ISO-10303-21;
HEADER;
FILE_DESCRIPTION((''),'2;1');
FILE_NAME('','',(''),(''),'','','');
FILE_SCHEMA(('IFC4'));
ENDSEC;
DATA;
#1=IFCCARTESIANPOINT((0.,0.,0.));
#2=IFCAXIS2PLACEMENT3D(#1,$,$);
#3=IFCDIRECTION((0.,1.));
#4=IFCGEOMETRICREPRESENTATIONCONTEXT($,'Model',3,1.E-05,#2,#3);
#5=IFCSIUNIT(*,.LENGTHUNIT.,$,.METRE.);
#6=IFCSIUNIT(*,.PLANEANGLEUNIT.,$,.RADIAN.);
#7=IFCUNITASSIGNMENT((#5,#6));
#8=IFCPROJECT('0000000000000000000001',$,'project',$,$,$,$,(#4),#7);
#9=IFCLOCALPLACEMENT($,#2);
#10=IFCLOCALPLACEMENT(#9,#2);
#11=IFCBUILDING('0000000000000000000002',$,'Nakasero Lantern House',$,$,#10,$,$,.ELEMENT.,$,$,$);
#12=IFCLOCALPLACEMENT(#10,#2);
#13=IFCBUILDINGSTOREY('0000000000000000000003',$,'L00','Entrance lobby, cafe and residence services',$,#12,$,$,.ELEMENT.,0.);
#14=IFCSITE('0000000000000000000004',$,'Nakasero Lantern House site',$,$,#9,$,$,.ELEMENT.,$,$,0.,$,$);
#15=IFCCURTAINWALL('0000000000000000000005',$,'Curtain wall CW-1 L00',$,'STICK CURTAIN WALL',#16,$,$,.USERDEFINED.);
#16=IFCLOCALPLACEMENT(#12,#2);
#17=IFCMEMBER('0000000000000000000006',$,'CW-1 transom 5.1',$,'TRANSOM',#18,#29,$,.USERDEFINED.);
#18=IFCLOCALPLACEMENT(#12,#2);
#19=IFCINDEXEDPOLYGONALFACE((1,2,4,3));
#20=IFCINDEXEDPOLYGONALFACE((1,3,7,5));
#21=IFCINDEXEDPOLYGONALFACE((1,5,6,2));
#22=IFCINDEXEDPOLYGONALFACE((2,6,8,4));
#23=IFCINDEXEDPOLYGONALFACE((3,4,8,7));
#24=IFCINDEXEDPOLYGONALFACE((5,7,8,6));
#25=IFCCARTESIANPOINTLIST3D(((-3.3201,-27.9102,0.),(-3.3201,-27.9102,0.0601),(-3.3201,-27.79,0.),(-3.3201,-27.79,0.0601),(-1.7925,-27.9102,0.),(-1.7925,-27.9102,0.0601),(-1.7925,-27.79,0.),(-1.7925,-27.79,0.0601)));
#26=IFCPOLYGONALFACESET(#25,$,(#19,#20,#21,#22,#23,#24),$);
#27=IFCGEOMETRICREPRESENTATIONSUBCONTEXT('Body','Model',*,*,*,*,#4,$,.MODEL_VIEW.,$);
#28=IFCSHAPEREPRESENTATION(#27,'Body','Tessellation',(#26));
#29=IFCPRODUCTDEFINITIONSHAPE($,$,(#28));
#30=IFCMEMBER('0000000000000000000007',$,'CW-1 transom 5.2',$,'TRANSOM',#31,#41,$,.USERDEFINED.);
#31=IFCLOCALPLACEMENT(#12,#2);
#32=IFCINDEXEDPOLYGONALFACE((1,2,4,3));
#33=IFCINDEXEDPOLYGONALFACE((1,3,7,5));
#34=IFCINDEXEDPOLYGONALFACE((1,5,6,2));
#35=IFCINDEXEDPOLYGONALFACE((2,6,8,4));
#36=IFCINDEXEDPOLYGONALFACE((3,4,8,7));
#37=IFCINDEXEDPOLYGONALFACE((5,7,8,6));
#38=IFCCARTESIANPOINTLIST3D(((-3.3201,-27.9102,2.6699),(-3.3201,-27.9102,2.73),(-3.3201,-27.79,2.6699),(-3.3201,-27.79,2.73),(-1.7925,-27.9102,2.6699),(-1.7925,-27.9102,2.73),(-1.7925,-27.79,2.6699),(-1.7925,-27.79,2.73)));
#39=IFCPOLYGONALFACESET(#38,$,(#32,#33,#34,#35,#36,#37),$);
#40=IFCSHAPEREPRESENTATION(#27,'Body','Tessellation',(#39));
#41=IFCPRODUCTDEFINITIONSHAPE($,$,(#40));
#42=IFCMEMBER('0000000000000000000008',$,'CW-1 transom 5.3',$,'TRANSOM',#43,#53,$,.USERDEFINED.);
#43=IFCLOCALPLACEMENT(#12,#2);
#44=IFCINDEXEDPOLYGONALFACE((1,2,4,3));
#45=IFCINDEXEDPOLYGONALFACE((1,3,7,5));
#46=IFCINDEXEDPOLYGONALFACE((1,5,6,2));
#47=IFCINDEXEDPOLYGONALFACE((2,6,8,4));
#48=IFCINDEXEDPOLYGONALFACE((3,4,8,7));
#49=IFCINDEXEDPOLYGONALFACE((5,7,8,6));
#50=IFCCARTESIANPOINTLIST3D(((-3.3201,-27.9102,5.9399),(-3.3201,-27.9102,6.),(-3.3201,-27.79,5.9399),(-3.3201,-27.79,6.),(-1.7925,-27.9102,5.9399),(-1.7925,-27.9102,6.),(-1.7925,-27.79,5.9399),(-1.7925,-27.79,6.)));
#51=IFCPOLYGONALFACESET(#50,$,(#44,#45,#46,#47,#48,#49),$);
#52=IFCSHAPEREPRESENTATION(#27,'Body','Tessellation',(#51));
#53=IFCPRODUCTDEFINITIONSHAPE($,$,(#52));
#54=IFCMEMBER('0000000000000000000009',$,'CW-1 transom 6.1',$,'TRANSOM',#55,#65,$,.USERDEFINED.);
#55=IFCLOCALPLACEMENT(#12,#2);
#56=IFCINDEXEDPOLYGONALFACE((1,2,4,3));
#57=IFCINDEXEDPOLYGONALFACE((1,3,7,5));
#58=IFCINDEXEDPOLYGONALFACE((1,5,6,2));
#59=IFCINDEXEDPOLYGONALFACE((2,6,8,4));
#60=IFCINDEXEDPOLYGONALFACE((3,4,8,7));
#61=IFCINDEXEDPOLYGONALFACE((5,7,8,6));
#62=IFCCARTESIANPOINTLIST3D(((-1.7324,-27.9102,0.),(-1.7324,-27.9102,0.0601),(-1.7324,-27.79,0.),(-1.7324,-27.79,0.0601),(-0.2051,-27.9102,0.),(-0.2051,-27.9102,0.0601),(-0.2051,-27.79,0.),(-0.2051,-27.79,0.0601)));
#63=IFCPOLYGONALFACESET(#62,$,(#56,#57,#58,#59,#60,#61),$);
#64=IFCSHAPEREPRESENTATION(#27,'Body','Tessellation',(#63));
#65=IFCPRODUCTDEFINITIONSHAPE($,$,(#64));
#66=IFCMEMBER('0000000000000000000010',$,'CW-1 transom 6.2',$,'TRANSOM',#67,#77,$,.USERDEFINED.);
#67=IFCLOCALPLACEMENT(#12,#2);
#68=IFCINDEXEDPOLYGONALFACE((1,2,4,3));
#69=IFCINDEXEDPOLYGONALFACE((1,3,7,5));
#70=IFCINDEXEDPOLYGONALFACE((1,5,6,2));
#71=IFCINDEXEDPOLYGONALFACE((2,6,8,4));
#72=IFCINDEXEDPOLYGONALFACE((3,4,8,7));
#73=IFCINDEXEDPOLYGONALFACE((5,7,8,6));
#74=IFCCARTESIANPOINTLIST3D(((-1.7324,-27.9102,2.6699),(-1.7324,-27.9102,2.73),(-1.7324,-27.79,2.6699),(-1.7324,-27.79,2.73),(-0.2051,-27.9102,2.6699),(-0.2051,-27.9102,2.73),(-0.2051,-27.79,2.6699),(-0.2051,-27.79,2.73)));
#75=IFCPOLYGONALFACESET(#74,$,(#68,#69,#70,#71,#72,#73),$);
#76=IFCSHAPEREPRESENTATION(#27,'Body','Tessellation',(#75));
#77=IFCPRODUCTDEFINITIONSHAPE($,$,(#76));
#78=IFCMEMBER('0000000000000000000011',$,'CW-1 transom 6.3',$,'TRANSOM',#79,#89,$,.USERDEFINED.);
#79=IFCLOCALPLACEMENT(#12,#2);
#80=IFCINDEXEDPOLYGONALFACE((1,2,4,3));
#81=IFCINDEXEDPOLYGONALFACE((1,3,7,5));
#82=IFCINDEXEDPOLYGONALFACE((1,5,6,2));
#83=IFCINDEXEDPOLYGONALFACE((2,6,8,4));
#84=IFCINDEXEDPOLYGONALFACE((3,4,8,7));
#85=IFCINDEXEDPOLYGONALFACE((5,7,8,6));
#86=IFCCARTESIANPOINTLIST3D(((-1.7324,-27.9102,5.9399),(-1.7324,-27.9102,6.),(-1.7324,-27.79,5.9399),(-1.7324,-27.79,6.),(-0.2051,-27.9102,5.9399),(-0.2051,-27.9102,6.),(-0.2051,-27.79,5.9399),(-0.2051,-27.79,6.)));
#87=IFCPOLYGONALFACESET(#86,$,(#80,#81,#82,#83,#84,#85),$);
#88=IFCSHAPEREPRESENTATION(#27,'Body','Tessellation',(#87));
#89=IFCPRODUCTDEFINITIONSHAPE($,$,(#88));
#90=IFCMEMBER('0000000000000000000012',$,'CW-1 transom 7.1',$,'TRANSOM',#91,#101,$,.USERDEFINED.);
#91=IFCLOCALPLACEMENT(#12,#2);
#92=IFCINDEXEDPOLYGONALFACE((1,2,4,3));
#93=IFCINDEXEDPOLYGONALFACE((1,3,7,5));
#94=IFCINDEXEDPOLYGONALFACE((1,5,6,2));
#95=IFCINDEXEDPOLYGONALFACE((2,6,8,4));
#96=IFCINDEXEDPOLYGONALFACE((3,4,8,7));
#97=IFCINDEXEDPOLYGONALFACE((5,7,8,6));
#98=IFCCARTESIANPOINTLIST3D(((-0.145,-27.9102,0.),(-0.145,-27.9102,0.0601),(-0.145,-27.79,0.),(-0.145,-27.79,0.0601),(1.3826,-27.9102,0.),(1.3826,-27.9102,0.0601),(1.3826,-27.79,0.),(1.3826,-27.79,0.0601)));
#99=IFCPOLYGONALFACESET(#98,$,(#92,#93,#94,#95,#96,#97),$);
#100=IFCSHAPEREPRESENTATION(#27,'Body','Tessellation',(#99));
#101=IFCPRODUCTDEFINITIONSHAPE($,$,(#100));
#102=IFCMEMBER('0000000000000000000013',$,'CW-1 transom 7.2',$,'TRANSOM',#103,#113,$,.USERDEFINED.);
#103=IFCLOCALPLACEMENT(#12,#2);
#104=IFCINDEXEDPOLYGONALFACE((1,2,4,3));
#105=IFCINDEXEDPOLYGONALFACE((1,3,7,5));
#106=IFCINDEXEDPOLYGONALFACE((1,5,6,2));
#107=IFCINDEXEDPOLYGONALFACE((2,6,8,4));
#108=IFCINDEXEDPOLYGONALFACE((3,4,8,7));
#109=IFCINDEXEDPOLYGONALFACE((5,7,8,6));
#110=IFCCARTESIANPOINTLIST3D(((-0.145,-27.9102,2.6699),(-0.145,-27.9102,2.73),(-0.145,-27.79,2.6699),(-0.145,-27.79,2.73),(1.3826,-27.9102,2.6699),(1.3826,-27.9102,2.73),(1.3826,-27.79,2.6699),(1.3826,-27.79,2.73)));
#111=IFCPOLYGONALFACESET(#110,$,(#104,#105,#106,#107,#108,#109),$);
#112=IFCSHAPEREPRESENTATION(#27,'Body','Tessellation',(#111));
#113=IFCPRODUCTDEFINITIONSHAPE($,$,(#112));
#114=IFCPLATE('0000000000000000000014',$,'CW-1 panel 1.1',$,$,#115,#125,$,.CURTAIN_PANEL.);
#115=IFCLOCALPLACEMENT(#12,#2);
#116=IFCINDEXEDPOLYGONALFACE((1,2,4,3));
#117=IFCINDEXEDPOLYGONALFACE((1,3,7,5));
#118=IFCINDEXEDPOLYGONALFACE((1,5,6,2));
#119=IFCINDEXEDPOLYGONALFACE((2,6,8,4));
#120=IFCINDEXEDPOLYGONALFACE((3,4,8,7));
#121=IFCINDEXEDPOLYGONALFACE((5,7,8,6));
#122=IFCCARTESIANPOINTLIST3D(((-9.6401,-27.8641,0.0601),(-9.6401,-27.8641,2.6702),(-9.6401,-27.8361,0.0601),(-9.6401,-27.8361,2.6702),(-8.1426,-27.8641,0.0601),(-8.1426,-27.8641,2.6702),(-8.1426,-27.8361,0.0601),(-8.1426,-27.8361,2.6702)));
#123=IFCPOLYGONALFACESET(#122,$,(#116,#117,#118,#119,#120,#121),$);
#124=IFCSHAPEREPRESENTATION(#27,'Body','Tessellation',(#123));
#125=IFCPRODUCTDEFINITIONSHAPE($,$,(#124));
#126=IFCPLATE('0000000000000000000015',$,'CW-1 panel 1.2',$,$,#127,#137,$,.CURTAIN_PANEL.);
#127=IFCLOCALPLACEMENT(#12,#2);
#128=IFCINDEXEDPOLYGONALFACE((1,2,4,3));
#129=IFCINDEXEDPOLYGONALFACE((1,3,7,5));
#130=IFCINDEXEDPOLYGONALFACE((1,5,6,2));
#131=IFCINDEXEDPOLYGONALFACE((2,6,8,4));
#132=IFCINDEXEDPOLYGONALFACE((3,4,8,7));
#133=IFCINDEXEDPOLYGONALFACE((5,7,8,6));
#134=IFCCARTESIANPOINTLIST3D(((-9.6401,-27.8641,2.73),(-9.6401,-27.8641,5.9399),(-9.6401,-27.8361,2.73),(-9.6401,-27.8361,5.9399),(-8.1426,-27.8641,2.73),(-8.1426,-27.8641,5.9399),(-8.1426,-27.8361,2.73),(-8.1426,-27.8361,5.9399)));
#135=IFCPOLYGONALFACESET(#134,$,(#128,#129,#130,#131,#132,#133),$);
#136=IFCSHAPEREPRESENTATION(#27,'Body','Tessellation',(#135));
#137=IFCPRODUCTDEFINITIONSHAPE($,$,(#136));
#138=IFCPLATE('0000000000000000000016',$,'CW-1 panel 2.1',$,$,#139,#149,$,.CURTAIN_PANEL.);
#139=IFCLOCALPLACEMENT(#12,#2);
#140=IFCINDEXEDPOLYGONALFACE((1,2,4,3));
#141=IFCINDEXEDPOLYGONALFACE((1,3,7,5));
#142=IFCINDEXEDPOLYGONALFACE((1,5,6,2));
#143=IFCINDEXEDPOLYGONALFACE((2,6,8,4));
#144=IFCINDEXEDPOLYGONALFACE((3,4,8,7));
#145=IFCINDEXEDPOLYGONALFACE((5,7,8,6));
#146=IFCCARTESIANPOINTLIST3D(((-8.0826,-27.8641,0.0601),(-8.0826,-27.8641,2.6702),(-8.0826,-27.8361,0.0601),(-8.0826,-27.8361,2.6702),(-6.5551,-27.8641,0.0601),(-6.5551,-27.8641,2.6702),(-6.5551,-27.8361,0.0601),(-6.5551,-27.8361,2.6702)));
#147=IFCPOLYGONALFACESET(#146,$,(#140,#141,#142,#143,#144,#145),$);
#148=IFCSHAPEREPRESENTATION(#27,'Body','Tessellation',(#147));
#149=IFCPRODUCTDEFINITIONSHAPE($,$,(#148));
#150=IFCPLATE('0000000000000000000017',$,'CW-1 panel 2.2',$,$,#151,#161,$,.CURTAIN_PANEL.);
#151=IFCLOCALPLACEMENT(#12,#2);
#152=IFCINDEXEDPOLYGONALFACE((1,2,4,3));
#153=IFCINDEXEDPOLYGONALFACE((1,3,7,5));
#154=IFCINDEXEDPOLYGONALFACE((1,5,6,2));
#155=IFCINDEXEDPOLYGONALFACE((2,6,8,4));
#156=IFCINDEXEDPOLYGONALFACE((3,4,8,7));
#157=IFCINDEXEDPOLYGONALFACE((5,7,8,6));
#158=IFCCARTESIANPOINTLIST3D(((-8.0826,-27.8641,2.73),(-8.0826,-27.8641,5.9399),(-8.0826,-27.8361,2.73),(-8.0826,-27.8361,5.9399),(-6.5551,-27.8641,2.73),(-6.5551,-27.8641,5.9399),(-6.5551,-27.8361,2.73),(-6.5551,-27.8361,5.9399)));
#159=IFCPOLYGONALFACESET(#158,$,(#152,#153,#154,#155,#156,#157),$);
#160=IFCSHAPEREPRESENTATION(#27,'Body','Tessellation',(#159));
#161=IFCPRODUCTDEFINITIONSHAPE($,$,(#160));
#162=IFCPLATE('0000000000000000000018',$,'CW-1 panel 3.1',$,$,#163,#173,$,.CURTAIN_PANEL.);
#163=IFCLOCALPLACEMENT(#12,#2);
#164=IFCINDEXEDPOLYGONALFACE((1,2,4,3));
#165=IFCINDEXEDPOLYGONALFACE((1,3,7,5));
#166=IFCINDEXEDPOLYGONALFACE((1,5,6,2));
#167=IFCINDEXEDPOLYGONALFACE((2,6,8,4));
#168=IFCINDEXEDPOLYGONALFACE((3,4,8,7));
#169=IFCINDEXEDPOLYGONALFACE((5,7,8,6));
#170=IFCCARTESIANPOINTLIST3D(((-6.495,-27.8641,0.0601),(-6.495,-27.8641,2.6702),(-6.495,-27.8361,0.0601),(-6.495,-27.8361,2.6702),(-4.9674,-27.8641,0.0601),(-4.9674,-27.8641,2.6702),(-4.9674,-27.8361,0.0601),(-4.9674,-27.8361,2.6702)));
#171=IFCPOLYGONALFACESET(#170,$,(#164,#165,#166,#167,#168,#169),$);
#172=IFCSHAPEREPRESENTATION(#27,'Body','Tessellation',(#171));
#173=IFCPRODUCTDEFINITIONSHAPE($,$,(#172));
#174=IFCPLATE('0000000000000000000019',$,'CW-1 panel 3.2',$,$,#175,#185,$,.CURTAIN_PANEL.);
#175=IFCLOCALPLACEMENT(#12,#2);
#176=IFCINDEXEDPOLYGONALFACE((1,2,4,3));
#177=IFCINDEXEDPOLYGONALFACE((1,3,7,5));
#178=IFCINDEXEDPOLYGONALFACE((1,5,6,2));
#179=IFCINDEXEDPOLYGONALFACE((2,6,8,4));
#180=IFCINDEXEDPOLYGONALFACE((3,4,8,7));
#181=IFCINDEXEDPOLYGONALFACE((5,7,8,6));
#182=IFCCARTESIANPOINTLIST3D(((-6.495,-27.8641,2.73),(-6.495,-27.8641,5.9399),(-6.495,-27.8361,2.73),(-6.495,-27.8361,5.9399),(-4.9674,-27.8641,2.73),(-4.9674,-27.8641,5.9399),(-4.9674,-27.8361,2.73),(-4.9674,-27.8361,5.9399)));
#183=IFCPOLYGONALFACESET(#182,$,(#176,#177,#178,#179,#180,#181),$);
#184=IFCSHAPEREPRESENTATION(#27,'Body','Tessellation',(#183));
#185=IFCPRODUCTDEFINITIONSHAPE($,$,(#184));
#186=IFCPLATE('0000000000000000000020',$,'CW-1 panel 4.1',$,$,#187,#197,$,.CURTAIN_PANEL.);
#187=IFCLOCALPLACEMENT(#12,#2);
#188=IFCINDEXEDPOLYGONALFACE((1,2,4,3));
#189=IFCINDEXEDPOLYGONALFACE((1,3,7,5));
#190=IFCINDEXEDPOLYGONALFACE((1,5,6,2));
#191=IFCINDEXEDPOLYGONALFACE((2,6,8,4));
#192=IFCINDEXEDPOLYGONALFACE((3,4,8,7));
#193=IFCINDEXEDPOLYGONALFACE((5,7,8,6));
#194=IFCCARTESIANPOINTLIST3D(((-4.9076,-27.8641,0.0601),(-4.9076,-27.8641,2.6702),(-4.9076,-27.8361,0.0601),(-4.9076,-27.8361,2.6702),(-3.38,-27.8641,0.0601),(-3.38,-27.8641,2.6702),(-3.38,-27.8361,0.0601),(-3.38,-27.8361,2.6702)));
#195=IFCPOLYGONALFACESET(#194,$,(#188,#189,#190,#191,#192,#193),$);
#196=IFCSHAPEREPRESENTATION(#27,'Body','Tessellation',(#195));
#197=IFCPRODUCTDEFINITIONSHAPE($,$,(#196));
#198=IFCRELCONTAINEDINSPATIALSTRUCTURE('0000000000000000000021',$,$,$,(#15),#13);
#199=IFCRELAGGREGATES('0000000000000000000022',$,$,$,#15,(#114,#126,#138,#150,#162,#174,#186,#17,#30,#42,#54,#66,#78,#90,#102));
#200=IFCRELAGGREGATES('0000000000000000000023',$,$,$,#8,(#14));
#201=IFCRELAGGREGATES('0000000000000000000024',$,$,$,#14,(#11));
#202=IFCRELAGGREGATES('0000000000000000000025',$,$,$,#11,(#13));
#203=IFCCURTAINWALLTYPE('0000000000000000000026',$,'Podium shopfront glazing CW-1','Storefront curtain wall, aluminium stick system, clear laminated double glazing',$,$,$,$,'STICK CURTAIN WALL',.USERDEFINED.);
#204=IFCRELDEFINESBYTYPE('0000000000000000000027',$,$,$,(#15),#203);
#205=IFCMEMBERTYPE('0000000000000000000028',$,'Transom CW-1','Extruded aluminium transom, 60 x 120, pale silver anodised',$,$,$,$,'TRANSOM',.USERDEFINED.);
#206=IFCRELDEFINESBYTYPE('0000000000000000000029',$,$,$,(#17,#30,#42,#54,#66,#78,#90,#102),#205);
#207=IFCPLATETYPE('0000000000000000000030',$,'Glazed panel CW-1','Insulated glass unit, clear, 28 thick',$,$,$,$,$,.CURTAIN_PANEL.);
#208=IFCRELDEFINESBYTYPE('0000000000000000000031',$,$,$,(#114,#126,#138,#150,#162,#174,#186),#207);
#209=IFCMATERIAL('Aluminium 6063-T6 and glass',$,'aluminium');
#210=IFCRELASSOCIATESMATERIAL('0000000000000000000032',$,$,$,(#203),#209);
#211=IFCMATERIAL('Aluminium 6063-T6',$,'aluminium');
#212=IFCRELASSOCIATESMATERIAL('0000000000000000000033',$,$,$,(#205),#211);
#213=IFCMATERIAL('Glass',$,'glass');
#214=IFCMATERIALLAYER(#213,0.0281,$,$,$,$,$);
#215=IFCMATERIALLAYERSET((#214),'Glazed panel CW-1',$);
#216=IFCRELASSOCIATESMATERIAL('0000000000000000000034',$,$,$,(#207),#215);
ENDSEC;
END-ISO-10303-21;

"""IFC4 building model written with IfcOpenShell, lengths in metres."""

from ifc_helpers import new_model, si_unit, direction, frame, origin, origin_2d, place, context, subcontext, project, spatial, rectangle, extrude, material, layer, layer_set, material_profile, profile_set, type_object, element, aggregate, save


model = new_model("IFC4")

# Units and contexts
model_context = context("Model", 3, precision=1e-05, world=origin(), true_north=direction((0.0, 1.0)))
body_context = subcontext(model_context, "Body", "Model", "MODEL_VIEW")
ifc_project = project(units=[si_unit("LENGTHUNIT", "METRE"), si_unit("PLANEANGLEUNIT", "RADIAN")], contexts=[model_context])

# Site, building, storey
site_placement = place(None, origin())
site = spatial("IfcSite", under=ifc_project, at=site_placement, Name="Nakasero Lantern House site", CompositionType="ELEMENT", RefElevation=0.0)
building_placement = place(site_placement, origin())
building = spatial("IfcBuilding", under=site, at=building_placement, Name="Nakasero Lantern House", CompositionType="ELEMENT")
storey_placement = place(building_placement, origin())
storey = spatial("IfcBuildingStorey", under=building, at=storey_placement, Name="L00", Description="Entrance lobby, cafe and residence services", CompositionType="ELEMENT", Elevation=0.0)

# Curtain wall, members, plates
ifc_material_1 = material(Name="Aluminium 6063-T6 and glass", Category="aluminium")
curtain_wall_type = type_object("IfcCurtainWallType", Name="Podium shopfront glazing CW-1", Description="Storefront curtain wall, aluminium stick system, clear laminated double glazing", ElementType="STICK CURTAIN WALL", PredefinedType="USERDEFINED", material=ifc_material_1)
curtain_wall_placement = place(storey_placement, origin())
curtain_wall = element("IfcCurtainWall", 1, at=curtain_wall_placement, inside=storey, type_object=curtain_wall_type, Name="Curtain wall CW-1 L00", ObjectType="STICK CURTAIN WALL", PredefinedType="USERDEFINED")
ifc_material_2 = material(Name="Aluminium 6063-T6", Category="aluminium")
ifc_material_profile_1 = material_profile(ifc_material_2, rectangle(XDim=0.0601, YDim=0.1201, at=origin_2d()), Name="CW-1 transom 60x120")
ifc_profile_set_1 = profile_set([ifc_material_profile_1], Name="Aluminium 6063-T6")
member_type_1 = type_object("IfcMemberType", Name="Transom CW-1", Description="Extruded aluminium transom, 60 x 120, pale silver anodised", ElementType="TRANSOM", PredefinedType="USERDEFINED", material=ifc_profile_set_1)
member_1_placement = place(storey_placement, frame((-3.3201, -27.8501, 0.03), z_axis=(1.0, 0.0, 0.0), x_axis=(0.0, 0.0, 1.0)))
member_1 = element("IfcMember", 2, at=member_1_placement, type_object=member_type_1, Name="CW-1 transom 5.1", ObjectType="TRANSOM", PredefinedType="USERDEFINED", context=body_context, shape_type="SweptSolid", body=[
    extrude(rectangle(XDim=0.0601, YDim=0.1201, at=origin_2d()), origin(), (0.0, 0.0, 1.0), 1.5276),
])
member_2_placement = place(storey_placement, frame((-3.3201, -27.8501, 2.7), z_axis=(1.0, 0.0, 0.0), x_axis=(0.0, 0.0, 1.0)))
member_2 = element("IfcMember", 3, at=member_2_placement, type_object=member_type_1, Name="CW-1 transom 5.2", ObjectType="TRANSOM", PredefinedType="USERDEFINED", context=body_context, shape_type="SweptSolid", body=[
    extrude(rectangle(XDim=0.0601, YDim=0.1201, at=origin_2d()), origin(), (0.0, 0.0, 1.0), 1.5276),
])
member_3_placement = place(storey_placement, frame((-3.3201, -27.8501, 5.97), z_axis=(1.0, 0.0, 0.0), x_axis=(0.0, 0.0, 1.0)))
member_3 = element("IfcMember", 4, at=member_3_placement, type_object=member_type_1, Name="CW-1 transom 5.3", ObjectType="TRANSOM", PredefinedType="USERDEFINED", context=body_context, shape_type="SweptSolid", body=[
    extrude(rectangle(XDim=0.0601, YDim=0.1201, at=origin_2d()), origin(), (0.0, 0.0, 1.0), 1.5276),
])
member_4_placement = place(storey_placement, frame((-1.7324, -27.8501, 0.03), z_axis=(1.0, 0.0, 0.0), x_axis=(0.0, 0.0, 1.0)))
member_4 = element("IfcMember", 5, at=member_4_placement, type_object=member_type_1, Name="CW-1 transom 6.1", ObjectType="TRANSOM", PredefinedType="USERDEFINED", context=body_context, shape_type="SweptSolid", body=[
    extrude(rectangle(XDim=0.0601, YDim=0.1201, at=origin_2d()), origin(), (0.0, 0.0, 1.0), 1.5273),
])
member_5_placement = place(storey_placement, frame((-1.7324, -27.8501, 2.7), z_axis=(1.0, 0.0, 0.0), x_axis=(0.0, 0.0, 1.0)))
member_5 = element("IfcMember", 6, at=member_5_placement, type_object=member_type_1, Name="CW-1 transom 6.2", ObjectType="TRANSOM", PredefinedType="USERDEFINED", context=body_context, shape_type="SweptSolid", body=[
    extrude(rectangle(XDim=0.0601, YDim=0.1201, at=origin_2d()), origin(), (0.0, 0.0, 1.0), 1.5273),
])
member_6_placement = place(storey_placement, frame((-1.7324, -27.8501, 5.97), z_axis=(1.0, 0.0, 0.0), x_axis=(0.0, 0.0, 1.0)))
member_6 = element("IfcMember", 7, at=member_6_placement, type_object=member_type_1, Name="CW-1 transom 6.3", ObjectType="TRANSOM", PredefinedType="USERDEFINED", context=body_context, shape_type="SweptSolid", body=[
    extrude(rectangle(XDim=0.0601, YDim=0.1201, at=origin_2d()), origin(), (0.0, 0.0, 1.0), 1.5273),
])
member_7_placement = place(storey_placement, frame((-0.145, -27.8501, 0.03), z_axis=(1.0, 0.0, 0.0), x_axis=(0.0, 0.0, 1.0)))
member_7 = element("IfcMember", 8, at=member_7_placement, type_object=member_type_1, Name="CW-1 transom 7.1", ObjectType="TRANSOM", PredefinedType="USERDEFINED", context=body_context, shape_type="SweptSolid", body=[
    extrude(rectangle(XDim=0.0601, YDim=0.1201, at=origin_2d()), origin(), (0.0, 0.0, 1.0), 1.5276),
])
member_8_placement = place(storey_placement, frame((-0.145, -27.8501, 2.7), z_axis=(1.0, 0.0, 0.0), x_axis=(0.0, 0.0, 1.0)))
member_8 = element("IfcMember", 9, at=member_8_placement, type_object=member_type_1, Name="CW-1 transom 7.2", ObjectType="TRANSOM", PredefinedType="USERDEFINED", context=body_context, shape_type="SweptSolid", body=[
    extrude(rectangle(XDim=0.0601, YDim=0.1201, at=origin_2d()), origin(), (0.0, 0.0, 1.0), 1.5276),
])
ifc_material_3 = material(Name="Glass", Category="glass")
ifc_layer_1 = layer(ifc_material_3, 0.0281)
ifc_layer_set_1 = layer_set([ifc_layer_1], Name="Glazed panel CW-1")
plate_type = type_object("IfcPlateType", Name="Glazed panel CW-1", Description="Insulated glass unit, clear, 28 thick", PredefinedType="CURTAIN_PANEL", material=ifc_layer_set_1)
plate_1_placement = place(storey_placement, frame((-8.8914, -27.8501, 0.0601), z_axis=(0.0, 0.0, 1.0), x_axis=(1.0, 0.0, 0.0)))
plate_1 = element("IfcPlate", 10, at=plate_1_placement, type_object=plate_type, Name="CW-1 panel 1.1", PredefinedType="CURTAIN_PANEL", context=body_context, shape_type="SweptSolid", body=[
    extrude(rectangle(XDim=1.4976, YDim=0.0281, at=origin_2d()), origin(), (0.0, 0.0, 1.0), 2.6101),
])
plate_2_placement = place(storey_placement, frame((-8.8914, -27.8501, 2.73), z_axis=(0.0, 0.0, 1.0), x_axis=(1.0, 0.0, 0.0)))
plate_2 = element("IfcPlate", 11, at=plate_2_placement, type_object=plate_type, Name="CW-1 panel 1.2", PredefinedType="CURTAIN_PANEL", context=body_context, shape_type="SweptSolid", body=[
    extrude(rectangle(XDim=1.4976, YDim=0.0281, at=origin_2d()), origin(), (0.0, 0.0, 1.0), 3.21),
])
plate_3_placement = place(storey_placement, frame((-7.3188, -27.8501, 0.0601), z_axis=(0.0, 0.0, 1.0), x_axis=(1.0, 0.0, 0.0)))
plate_3 = element("IfcPlate", 12, at=plate_3_placement, type_object=plate_type, Name="CW-1 panel 2.1", PredefinedType="CURTAIN_PANEL", context=body_context, shape_type="SweptSolid", body=[
    extrude(rectangle(XDim=1.5276, YDim=0.0281, at=origin_2d()), origin(), (0.0, 0.0, 1.0), 2.6101),
])
plate_4_placement = place(storey_placement, frame((-7.3188, -27.8501, 2.73), z_axis=(0.0, 0.0, 1.0), x_axis=(1.0, 0.0, 0.0)))
plate_4 = element("IfcPlate", 13, at=plate_4_placement, type_object=plate_type, Name="CW-1 panel 2.2", PredefinedType="CURTAIN_PANEL", context=body_context, shape_type="SweptSolid", body=[
    extrude(rectangle(XDim=1.5276, YDim=0.0281, at=origin_2d()), origin(), (0.0, 0.0, 1.0), 3.21),
])
plate_5_placement = place(storey_placement, frame((-5.7312, -27.8501, 0.0601), z_axis=(0.0, 0.0, 1.0), x_axis=(1.0, 0.0, 0.0)))
plate_5 = element("IfcPlate", 14, at=plate_5_placement, type_object=plate_type, Name="CW-1 panel 3.1", PredefinedType="CURTAIN_PANEL", context=body_context, shape_type="SweptSolid", body=[
    extrude(rectangle(XDim=1.5276, YDim=0.0281, at=origin_2d()), origin(), (0.0, 0.0, 1.0), 2.6101),
])
plate_6_placement = place(storey_placement, frame((-5.7312, -27.8501, 2.73), z_axis=(0.0, 0.0, 1.0), x_axis=(1.0, 0.0, 0.0)))
plate_6 = element("IfcPlate", 15, at=plate_6_placement, type_object=plate_type, Name="CW-1 panel 3.2", PredefinedType="CURTAIN_PANEL", context=body_context, shape_type="SweptSolid", body=[
    extrude(rectangle(XDim=1.5276, YDim=0.0281, at=origin_2d()), origin(), (0.0, 0.0, 1.0), 3.21),
])
plate_7_placement = place(storey_placement, frame((-4.1438, -27.8501, 0.0601), z_axis=(0.0, 0.0, 1.0), x_axis=(1.0, 0.0, 0.0)))
plate_7 = element("IfcPlate", 16, at=plate_7_placement, type_object=plate_type, Name="CW-1 panel 4.1", PredefinedType="CURTAIN_PANEL", context=body_context, shape_type="SweptSolid", body=[
    extrude(rectangle(XDim=1.5276, YDim=0.0281, at=origin_2d()), origin(), (0.0, 0.0, 1.0), 2.6101),
])
aggregate(curtain_wall, [plate_1, plate_2, plate_3, plate_4, plate_5, plate_6, plate_7, member_1, member_2, member_3, member_4, member_5, member_6, member_7, member_8])

save(model, "model.ifc")
